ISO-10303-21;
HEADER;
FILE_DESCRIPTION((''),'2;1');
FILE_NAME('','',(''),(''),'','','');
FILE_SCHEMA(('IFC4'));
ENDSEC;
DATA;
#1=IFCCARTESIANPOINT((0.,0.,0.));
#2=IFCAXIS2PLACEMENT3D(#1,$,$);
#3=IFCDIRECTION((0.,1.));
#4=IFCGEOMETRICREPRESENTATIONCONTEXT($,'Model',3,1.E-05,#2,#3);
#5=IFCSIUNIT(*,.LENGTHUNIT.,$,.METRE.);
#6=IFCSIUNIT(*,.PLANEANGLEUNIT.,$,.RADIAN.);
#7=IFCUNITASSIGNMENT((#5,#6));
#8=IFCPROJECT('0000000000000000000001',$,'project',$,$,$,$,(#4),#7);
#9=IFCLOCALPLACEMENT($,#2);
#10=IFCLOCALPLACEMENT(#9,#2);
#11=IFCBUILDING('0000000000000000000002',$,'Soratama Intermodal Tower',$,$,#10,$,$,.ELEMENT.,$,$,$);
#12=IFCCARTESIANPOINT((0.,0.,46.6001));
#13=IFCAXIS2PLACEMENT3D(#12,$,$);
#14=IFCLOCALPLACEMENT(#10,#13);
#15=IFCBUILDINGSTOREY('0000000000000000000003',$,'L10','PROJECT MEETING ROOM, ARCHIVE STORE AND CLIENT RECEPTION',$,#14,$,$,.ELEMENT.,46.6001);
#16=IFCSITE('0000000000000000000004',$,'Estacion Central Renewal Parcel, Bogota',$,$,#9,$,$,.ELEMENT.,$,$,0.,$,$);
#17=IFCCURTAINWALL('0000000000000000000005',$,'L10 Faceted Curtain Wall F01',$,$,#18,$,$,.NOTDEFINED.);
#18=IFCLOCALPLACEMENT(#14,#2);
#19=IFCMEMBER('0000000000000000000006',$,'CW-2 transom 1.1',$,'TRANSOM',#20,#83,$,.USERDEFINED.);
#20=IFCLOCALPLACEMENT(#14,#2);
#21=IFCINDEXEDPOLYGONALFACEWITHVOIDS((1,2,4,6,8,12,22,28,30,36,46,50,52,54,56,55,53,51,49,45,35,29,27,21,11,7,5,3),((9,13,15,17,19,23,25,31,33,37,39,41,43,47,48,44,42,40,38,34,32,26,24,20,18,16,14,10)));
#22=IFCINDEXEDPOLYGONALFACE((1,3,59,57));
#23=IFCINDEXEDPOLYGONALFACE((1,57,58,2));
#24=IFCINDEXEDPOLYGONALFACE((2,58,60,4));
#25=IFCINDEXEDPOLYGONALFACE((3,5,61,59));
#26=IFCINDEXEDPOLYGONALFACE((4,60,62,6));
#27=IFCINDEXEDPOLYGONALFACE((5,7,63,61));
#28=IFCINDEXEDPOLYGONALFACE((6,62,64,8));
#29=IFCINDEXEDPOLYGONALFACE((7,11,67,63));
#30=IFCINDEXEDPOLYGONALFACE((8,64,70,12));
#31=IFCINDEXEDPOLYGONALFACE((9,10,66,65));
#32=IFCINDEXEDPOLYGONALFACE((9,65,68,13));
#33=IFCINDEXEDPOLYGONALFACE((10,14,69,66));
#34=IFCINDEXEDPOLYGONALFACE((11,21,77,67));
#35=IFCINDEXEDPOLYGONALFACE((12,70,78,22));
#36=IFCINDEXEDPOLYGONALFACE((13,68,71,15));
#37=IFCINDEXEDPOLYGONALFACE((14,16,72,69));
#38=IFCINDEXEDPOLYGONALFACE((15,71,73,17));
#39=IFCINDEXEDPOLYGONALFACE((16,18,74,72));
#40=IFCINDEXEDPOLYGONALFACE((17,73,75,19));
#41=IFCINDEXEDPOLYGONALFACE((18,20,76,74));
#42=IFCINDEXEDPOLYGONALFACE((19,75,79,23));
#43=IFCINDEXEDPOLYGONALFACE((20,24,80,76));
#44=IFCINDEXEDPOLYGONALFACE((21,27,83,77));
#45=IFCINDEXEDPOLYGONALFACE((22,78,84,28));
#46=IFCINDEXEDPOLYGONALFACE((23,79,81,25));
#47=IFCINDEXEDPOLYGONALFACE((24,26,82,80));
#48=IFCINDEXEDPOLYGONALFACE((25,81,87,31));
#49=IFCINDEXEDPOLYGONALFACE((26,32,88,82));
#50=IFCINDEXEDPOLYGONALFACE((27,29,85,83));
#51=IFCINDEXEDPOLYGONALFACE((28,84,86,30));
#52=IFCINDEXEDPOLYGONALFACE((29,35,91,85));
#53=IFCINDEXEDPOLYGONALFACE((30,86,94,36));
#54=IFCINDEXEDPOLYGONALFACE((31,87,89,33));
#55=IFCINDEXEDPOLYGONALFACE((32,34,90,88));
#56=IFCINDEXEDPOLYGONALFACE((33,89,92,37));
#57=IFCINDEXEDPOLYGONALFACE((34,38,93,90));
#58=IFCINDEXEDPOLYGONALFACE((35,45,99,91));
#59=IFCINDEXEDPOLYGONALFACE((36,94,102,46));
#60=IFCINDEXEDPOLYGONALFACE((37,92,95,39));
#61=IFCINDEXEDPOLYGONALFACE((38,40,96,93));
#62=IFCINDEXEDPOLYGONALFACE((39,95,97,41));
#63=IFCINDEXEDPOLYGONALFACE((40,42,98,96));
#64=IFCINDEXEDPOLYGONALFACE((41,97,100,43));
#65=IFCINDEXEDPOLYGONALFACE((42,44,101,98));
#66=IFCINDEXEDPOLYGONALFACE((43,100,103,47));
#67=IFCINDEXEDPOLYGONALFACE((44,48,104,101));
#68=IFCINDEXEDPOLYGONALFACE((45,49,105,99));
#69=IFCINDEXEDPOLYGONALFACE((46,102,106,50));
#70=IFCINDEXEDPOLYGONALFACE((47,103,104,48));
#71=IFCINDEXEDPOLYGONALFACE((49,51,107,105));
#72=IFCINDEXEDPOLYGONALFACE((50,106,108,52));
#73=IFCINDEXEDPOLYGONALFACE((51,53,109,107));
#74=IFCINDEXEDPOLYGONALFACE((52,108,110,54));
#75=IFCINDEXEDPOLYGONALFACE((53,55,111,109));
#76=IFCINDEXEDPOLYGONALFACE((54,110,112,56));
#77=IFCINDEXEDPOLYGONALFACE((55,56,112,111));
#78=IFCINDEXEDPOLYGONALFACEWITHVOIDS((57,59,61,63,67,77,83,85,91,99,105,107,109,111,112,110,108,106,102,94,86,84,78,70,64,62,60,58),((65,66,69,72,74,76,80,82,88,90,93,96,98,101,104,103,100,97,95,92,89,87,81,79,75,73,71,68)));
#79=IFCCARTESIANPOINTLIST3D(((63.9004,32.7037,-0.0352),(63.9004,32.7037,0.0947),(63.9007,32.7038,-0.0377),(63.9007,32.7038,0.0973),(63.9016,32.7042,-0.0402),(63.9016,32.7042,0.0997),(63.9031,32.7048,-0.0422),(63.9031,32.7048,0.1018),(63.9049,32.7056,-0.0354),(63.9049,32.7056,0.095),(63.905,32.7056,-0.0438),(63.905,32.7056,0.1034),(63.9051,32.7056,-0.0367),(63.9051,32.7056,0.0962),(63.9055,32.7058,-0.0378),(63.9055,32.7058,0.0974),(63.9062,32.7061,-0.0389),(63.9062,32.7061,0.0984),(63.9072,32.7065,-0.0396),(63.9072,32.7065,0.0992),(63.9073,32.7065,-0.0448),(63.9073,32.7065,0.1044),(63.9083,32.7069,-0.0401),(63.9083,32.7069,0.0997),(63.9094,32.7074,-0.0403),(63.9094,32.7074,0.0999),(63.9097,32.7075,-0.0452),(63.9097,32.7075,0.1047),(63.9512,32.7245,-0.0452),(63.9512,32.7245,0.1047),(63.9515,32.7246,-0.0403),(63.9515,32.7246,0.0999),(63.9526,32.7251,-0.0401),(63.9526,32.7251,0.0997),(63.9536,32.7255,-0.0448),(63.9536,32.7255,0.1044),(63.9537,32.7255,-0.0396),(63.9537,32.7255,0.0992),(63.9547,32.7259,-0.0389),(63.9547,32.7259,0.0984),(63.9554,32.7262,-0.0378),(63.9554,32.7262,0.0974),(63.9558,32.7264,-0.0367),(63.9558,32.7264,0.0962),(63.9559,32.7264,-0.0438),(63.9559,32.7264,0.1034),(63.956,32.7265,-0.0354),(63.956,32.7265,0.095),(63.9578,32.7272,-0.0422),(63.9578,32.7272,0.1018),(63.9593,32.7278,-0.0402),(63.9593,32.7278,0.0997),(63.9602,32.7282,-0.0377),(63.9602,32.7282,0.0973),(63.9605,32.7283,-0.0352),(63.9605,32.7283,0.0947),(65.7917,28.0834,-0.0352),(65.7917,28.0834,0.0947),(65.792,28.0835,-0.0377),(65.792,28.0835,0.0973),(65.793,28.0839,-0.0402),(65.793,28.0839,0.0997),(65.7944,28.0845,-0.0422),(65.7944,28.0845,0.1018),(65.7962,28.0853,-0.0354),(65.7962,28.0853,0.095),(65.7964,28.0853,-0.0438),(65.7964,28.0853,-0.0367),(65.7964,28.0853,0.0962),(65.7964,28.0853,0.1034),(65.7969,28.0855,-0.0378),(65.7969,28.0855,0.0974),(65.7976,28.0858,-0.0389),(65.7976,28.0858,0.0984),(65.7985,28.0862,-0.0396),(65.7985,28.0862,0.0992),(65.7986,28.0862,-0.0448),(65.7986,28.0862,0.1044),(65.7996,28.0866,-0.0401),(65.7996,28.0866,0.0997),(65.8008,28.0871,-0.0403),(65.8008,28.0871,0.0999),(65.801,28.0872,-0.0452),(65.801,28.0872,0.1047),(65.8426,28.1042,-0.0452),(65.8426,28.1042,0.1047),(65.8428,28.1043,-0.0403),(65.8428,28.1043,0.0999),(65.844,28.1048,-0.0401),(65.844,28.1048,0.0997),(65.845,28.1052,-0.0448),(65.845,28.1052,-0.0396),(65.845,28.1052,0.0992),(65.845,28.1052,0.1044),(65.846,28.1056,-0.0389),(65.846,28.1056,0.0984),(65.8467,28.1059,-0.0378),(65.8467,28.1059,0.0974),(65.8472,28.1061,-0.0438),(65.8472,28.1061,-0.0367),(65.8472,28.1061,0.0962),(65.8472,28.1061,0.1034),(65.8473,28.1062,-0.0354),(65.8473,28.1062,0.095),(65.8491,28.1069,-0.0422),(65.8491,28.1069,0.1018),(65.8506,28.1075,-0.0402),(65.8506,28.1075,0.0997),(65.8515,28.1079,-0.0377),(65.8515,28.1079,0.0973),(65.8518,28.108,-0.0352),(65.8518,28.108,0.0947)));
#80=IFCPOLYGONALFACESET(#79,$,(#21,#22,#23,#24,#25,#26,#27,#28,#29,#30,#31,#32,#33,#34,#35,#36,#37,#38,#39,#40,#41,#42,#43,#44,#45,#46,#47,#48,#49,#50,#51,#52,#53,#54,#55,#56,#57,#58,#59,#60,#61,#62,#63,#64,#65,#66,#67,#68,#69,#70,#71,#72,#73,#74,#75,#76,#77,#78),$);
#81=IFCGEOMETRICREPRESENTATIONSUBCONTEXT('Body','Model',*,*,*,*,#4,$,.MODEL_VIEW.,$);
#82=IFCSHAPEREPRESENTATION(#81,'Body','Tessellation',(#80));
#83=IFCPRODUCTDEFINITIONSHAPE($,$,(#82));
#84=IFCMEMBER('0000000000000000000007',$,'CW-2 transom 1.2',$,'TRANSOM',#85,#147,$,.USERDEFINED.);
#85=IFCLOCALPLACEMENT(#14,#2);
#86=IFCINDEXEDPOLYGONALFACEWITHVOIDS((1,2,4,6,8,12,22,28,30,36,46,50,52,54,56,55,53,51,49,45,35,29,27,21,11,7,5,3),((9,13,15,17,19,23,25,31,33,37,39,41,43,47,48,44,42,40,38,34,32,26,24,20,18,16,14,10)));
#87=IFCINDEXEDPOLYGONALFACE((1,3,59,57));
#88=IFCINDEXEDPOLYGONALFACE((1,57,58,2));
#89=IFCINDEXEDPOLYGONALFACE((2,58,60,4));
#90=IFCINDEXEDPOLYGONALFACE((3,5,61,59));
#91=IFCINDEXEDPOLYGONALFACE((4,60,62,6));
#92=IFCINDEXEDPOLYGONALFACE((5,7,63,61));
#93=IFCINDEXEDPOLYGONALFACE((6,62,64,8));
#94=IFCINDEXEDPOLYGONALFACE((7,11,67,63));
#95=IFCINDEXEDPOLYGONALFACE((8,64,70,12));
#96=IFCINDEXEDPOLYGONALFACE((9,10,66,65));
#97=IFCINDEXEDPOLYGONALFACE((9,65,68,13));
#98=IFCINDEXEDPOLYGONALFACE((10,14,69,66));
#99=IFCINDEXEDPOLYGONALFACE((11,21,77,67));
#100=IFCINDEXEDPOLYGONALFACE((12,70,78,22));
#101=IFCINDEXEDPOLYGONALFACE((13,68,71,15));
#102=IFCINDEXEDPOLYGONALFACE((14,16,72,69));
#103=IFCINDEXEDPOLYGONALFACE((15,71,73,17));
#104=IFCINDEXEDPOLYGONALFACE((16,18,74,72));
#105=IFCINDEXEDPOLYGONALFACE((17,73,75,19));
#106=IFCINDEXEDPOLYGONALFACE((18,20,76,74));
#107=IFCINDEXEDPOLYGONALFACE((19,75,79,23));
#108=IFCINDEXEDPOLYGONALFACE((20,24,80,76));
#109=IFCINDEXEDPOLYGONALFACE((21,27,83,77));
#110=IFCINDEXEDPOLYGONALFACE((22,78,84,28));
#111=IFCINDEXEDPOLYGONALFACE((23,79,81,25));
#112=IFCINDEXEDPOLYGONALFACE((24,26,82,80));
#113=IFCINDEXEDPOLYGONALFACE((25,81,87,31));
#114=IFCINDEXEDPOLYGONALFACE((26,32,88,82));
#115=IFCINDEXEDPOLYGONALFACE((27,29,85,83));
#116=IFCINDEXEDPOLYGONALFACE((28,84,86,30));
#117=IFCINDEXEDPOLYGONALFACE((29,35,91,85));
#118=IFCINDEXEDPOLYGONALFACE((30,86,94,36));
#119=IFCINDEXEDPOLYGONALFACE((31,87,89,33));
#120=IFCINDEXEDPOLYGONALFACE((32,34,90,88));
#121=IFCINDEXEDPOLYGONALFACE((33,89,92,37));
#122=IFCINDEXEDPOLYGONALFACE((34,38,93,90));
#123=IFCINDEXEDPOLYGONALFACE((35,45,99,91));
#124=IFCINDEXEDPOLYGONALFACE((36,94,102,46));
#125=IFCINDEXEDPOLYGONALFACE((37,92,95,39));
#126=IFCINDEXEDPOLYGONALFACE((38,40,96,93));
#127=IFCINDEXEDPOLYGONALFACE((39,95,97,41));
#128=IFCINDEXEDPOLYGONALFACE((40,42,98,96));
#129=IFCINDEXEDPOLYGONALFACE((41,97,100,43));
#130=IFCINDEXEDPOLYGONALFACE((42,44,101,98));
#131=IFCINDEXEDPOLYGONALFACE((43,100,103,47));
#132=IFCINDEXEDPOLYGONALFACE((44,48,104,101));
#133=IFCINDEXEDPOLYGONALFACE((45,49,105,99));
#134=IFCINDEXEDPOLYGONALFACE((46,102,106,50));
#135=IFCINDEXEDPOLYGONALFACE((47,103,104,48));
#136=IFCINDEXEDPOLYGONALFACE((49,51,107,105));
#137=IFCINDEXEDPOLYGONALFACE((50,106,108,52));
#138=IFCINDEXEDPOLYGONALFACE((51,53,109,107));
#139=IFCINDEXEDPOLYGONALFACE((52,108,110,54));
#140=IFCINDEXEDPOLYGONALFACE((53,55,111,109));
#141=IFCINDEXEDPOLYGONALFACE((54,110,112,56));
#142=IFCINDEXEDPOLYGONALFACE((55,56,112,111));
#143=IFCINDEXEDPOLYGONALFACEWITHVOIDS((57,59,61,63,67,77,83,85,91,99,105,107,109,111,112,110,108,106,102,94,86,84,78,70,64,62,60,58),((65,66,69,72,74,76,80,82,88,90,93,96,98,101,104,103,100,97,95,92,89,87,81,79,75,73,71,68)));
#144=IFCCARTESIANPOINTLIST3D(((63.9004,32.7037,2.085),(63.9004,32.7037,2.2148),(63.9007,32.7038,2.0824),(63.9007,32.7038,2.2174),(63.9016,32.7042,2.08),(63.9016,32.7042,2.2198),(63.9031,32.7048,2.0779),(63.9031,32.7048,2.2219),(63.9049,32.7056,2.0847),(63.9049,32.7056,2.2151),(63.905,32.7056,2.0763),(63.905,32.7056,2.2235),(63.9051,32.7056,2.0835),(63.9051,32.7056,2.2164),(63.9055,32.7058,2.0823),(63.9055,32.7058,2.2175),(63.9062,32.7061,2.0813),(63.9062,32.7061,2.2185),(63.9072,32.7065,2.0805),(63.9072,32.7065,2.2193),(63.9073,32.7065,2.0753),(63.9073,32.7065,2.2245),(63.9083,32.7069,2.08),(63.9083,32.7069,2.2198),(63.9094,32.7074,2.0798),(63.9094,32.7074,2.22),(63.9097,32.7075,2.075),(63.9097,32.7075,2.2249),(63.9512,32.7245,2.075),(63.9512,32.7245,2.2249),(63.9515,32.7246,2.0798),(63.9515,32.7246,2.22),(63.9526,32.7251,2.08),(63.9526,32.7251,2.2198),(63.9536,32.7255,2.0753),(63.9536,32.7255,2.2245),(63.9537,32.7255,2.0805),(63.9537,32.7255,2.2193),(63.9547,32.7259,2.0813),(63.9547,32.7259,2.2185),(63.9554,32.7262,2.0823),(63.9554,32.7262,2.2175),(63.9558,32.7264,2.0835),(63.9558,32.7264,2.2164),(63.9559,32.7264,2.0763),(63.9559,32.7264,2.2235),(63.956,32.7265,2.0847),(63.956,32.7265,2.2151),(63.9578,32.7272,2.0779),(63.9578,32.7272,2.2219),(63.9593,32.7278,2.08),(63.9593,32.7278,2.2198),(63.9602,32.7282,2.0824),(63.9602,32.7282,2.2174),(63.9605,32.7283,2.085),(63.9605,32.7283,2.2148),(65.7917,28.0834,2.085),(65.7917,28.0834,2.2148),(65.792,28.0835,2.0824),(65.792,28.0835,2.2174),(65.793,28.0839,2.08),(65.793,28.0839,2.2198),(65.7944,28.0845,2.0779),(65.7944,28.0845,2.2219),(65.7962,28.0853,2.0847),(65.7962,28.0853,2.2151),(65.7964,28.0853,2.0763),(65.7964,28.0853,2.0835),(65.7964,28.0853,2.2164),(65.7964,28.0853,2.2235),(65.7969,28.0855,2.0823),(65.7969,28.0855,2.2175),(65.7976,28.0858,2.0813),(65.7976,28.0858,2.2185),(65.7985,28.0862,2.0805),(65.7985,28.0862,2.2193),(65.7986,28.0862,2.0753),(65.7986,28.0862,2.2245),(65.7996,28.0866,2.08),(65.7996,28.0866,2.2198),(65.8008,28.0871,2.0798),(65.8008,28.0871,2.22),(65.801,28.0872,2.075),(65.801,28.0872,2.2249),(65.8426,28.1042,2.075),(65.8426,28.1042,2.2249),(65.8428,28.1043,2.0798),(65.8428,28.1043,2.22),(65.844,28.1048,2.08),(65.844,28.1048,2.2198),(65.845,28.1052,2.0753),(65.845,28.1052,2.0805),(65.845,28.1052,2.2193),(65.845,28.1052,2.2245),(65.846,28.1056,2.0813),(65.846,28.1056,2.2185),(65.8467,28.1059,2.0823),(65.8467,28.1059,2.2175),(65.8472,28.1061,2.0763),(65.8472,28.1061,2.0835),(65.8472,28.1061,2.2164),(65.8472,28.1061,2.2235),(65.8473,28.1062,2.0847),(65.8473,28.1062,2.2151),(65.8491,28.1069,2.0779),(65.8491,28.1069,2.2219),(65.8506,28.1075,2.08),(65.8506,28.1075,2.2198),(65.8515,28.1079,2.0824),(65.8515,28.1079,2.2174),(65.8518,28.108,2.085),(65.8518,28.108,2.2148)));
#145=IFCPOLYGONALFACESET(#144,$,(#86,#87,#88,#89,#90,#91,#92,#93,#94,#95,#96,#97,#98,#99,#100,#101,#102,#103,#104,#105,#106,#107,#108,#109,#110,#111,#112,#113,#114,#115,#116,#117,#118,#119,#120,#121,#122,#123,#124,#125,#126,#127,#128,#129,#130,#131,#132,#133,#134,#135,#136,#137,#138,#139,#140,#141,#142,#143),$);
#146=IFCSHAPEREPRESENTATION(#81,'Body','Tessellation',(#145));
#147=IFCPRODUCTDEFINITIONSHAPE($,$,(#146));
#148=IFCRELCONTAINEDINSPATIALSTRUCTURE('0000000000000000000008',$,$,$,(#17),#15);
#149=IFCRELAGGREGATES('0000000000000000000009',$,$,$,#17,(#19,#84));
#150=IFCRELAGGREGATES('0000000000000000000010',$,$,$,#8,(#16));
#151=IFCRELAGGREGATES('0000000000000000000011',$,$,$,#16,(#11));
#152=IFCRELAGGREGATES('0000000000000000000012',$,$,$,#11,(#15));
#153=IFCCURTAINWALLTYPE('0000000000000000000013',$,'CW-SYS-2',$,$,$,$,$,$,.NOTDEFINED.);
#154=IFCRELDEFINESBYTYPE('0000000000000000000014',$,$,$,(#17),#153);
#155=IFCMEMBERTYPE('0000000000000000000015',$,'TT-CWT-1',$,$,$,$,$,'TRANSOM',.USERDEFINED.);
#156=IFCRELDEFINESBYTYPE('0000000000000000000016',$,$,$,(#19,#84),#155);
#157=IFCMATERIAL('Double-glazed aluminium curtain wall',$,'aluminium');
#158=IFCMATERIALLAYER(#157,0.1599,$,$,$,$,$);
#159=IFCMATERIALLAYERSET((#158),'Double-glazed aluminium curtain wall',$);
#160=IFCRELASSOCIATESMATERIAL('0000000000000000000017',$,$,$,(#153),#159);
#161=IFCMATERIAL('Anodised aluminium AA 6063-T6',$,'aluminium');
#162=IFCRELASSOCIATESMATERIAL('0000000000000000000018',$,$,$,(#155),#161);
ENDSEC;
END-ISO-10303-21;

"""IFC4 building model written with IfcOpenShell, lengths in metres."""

from ifc_helpers import new_model, si_unit, direction, frame, origin, origin_2d, place, context, subcontext, project, spatial, hollow_rectangle, extrude, material, layer, layer_set, material_profile, profile_set, type_object, element, aggregate, save


model = new_model("IFC4")

# Units and contexts
model_context = context("Model", 3, precision=1e-05, world=origin(), true_north=direction((0.0, 1.0)))
body_context = subcontext(model_context, "Body", "Model", "MODEL_VIEW")
ifc_project = project(units=[si_unit("LENGTHUNIT", "METRE"), si_unit("PLANEANGLEUNIT", "RADIAN")], contexts=[model_context])

# Site, building, storey
site_placement = place(None, origin())
site = spatial("IfcSite", under=ifc_project, at=site_placement, Name="Estacion Central Renewal Parcel, Bogota", CompositionType="ELEMENT", RefElevation=0.0)
building_placement = place(site_placement, origin())
building = spatial("IfcBuilding", under=site, at=building_placement, Name="Soratama Intermodal Tower", CompositionType="ELEMENT")
storey_placement = place(building_placement, frame((0.0, 0.0, 46.6001)))
storey = spatial("IfcBuildingStorey", under=building, at=storey_placement, Name="L10", Description="PROJECT MEETING ROOM, ARCHIVE STORE AND CLIENT RECEPTION", CompositionType="ELEMENT", Elevation=46.6001)

# Curtain wall, members
ifc_material_1 = material(Name="Double-glazed aluminium curtain wall", Category="aluminium")
ifc_layer_1 = layer(ifc_material_1, 0.1599)
ifc_layer_set_1 = layer_set([ifc_layer_1], Name="Double-glazed aluminium curtain wall")
curtain_wall_type = type_object("IfcCurtainWallType", Name="CW-SYS-2", PredefinedType="NOTDEFINED", material=ifc_layer_set_1)
curtain_wall_placement = place(storey_placement, origin())
curtain_wall = element("IfcCurtainWall", 1, at=curtain_wall_placement, inside=storey, type_object=curtain_wall_type, Name="L10 Faceted Curtain Wall F01", PredefinedType="NOTDEFINED")
ifc_material_2 = material(Name="Anodised aluminium AA 6063-T6", Category="aluminium")
ifc_material_profile_1 = material_profile(ifc_material_2, hollow_rectangle(XDim=0.0649, YDim=0.1499, WallThickness=0.0049, InnerFilletRadius=0.0049, OuterFilletRadius=0.01, at=origin_2d()), Name="CWT150X65X5")
ifc_profile_set_1 = profile_set([ifc_material_profile_1], Name="Anodised aluminium AA 6063-T6")
member_type_1 = type_object("IfcMemberType", Name="TT-CWT-1", ElementType="TRANSOM", PredefinedType="USERDEFINED", material=ifc_profile_set_1)
member_1_placement = place(storey_placement, frame((65.8218, 28.0957, 0.0298), z_axis=(-0.37884, 0.925462, 0.0), x_axis=(-0.925462, -0.37884, 0.0)))
member_1 = element("IfcMember", 2, at=member_1_placement, type_object=member_type_1, Name="CW-2 transom 1.1", ObjectType="TRANSOM", PredefinedType="USERDEFINED", context=body_context, shape_type="SweptSolid", body=[
    extrude(hollow_rectangle(XDim=0.0649, YDim=0.1499, WallThickness=0.0049, InnerFilletRadius=0.0049, OuterFilletRadius=0.01, at=origin_2d()), origin(), (0.0, 0.0, 1.0), 4.9924),
])
member_2_placement = place(storey_placement, frame((65.8218, 28.0957, 2.1499), z_axis=(-0.37884, 0.925462, 0.0), x_axis=(-0.925462, -0.37884, 0.0)))
member_2 = element("IfcMember", 3, at=member_2_placement, type_object=member_type_1, Name="CW-2 transom 1.2", ObjectType="TRANSOM", PredefinedType="USERDEFINED", context=body_context, shape_type="SweptSolid", body=[
    extrude(hollow_rectangle(XDim=0.0649, YDim=0.1499, WallThickness=0.0049, InnerFilletRadius=0.0049, OuterFilletRadius=0.01, at=origin_2d()), origin(), (0.0, 0.0, 1.0), 4.9924),
])
aggregate(curtain_wall, [member_1, member_2])

save(model, "model.ifc")
